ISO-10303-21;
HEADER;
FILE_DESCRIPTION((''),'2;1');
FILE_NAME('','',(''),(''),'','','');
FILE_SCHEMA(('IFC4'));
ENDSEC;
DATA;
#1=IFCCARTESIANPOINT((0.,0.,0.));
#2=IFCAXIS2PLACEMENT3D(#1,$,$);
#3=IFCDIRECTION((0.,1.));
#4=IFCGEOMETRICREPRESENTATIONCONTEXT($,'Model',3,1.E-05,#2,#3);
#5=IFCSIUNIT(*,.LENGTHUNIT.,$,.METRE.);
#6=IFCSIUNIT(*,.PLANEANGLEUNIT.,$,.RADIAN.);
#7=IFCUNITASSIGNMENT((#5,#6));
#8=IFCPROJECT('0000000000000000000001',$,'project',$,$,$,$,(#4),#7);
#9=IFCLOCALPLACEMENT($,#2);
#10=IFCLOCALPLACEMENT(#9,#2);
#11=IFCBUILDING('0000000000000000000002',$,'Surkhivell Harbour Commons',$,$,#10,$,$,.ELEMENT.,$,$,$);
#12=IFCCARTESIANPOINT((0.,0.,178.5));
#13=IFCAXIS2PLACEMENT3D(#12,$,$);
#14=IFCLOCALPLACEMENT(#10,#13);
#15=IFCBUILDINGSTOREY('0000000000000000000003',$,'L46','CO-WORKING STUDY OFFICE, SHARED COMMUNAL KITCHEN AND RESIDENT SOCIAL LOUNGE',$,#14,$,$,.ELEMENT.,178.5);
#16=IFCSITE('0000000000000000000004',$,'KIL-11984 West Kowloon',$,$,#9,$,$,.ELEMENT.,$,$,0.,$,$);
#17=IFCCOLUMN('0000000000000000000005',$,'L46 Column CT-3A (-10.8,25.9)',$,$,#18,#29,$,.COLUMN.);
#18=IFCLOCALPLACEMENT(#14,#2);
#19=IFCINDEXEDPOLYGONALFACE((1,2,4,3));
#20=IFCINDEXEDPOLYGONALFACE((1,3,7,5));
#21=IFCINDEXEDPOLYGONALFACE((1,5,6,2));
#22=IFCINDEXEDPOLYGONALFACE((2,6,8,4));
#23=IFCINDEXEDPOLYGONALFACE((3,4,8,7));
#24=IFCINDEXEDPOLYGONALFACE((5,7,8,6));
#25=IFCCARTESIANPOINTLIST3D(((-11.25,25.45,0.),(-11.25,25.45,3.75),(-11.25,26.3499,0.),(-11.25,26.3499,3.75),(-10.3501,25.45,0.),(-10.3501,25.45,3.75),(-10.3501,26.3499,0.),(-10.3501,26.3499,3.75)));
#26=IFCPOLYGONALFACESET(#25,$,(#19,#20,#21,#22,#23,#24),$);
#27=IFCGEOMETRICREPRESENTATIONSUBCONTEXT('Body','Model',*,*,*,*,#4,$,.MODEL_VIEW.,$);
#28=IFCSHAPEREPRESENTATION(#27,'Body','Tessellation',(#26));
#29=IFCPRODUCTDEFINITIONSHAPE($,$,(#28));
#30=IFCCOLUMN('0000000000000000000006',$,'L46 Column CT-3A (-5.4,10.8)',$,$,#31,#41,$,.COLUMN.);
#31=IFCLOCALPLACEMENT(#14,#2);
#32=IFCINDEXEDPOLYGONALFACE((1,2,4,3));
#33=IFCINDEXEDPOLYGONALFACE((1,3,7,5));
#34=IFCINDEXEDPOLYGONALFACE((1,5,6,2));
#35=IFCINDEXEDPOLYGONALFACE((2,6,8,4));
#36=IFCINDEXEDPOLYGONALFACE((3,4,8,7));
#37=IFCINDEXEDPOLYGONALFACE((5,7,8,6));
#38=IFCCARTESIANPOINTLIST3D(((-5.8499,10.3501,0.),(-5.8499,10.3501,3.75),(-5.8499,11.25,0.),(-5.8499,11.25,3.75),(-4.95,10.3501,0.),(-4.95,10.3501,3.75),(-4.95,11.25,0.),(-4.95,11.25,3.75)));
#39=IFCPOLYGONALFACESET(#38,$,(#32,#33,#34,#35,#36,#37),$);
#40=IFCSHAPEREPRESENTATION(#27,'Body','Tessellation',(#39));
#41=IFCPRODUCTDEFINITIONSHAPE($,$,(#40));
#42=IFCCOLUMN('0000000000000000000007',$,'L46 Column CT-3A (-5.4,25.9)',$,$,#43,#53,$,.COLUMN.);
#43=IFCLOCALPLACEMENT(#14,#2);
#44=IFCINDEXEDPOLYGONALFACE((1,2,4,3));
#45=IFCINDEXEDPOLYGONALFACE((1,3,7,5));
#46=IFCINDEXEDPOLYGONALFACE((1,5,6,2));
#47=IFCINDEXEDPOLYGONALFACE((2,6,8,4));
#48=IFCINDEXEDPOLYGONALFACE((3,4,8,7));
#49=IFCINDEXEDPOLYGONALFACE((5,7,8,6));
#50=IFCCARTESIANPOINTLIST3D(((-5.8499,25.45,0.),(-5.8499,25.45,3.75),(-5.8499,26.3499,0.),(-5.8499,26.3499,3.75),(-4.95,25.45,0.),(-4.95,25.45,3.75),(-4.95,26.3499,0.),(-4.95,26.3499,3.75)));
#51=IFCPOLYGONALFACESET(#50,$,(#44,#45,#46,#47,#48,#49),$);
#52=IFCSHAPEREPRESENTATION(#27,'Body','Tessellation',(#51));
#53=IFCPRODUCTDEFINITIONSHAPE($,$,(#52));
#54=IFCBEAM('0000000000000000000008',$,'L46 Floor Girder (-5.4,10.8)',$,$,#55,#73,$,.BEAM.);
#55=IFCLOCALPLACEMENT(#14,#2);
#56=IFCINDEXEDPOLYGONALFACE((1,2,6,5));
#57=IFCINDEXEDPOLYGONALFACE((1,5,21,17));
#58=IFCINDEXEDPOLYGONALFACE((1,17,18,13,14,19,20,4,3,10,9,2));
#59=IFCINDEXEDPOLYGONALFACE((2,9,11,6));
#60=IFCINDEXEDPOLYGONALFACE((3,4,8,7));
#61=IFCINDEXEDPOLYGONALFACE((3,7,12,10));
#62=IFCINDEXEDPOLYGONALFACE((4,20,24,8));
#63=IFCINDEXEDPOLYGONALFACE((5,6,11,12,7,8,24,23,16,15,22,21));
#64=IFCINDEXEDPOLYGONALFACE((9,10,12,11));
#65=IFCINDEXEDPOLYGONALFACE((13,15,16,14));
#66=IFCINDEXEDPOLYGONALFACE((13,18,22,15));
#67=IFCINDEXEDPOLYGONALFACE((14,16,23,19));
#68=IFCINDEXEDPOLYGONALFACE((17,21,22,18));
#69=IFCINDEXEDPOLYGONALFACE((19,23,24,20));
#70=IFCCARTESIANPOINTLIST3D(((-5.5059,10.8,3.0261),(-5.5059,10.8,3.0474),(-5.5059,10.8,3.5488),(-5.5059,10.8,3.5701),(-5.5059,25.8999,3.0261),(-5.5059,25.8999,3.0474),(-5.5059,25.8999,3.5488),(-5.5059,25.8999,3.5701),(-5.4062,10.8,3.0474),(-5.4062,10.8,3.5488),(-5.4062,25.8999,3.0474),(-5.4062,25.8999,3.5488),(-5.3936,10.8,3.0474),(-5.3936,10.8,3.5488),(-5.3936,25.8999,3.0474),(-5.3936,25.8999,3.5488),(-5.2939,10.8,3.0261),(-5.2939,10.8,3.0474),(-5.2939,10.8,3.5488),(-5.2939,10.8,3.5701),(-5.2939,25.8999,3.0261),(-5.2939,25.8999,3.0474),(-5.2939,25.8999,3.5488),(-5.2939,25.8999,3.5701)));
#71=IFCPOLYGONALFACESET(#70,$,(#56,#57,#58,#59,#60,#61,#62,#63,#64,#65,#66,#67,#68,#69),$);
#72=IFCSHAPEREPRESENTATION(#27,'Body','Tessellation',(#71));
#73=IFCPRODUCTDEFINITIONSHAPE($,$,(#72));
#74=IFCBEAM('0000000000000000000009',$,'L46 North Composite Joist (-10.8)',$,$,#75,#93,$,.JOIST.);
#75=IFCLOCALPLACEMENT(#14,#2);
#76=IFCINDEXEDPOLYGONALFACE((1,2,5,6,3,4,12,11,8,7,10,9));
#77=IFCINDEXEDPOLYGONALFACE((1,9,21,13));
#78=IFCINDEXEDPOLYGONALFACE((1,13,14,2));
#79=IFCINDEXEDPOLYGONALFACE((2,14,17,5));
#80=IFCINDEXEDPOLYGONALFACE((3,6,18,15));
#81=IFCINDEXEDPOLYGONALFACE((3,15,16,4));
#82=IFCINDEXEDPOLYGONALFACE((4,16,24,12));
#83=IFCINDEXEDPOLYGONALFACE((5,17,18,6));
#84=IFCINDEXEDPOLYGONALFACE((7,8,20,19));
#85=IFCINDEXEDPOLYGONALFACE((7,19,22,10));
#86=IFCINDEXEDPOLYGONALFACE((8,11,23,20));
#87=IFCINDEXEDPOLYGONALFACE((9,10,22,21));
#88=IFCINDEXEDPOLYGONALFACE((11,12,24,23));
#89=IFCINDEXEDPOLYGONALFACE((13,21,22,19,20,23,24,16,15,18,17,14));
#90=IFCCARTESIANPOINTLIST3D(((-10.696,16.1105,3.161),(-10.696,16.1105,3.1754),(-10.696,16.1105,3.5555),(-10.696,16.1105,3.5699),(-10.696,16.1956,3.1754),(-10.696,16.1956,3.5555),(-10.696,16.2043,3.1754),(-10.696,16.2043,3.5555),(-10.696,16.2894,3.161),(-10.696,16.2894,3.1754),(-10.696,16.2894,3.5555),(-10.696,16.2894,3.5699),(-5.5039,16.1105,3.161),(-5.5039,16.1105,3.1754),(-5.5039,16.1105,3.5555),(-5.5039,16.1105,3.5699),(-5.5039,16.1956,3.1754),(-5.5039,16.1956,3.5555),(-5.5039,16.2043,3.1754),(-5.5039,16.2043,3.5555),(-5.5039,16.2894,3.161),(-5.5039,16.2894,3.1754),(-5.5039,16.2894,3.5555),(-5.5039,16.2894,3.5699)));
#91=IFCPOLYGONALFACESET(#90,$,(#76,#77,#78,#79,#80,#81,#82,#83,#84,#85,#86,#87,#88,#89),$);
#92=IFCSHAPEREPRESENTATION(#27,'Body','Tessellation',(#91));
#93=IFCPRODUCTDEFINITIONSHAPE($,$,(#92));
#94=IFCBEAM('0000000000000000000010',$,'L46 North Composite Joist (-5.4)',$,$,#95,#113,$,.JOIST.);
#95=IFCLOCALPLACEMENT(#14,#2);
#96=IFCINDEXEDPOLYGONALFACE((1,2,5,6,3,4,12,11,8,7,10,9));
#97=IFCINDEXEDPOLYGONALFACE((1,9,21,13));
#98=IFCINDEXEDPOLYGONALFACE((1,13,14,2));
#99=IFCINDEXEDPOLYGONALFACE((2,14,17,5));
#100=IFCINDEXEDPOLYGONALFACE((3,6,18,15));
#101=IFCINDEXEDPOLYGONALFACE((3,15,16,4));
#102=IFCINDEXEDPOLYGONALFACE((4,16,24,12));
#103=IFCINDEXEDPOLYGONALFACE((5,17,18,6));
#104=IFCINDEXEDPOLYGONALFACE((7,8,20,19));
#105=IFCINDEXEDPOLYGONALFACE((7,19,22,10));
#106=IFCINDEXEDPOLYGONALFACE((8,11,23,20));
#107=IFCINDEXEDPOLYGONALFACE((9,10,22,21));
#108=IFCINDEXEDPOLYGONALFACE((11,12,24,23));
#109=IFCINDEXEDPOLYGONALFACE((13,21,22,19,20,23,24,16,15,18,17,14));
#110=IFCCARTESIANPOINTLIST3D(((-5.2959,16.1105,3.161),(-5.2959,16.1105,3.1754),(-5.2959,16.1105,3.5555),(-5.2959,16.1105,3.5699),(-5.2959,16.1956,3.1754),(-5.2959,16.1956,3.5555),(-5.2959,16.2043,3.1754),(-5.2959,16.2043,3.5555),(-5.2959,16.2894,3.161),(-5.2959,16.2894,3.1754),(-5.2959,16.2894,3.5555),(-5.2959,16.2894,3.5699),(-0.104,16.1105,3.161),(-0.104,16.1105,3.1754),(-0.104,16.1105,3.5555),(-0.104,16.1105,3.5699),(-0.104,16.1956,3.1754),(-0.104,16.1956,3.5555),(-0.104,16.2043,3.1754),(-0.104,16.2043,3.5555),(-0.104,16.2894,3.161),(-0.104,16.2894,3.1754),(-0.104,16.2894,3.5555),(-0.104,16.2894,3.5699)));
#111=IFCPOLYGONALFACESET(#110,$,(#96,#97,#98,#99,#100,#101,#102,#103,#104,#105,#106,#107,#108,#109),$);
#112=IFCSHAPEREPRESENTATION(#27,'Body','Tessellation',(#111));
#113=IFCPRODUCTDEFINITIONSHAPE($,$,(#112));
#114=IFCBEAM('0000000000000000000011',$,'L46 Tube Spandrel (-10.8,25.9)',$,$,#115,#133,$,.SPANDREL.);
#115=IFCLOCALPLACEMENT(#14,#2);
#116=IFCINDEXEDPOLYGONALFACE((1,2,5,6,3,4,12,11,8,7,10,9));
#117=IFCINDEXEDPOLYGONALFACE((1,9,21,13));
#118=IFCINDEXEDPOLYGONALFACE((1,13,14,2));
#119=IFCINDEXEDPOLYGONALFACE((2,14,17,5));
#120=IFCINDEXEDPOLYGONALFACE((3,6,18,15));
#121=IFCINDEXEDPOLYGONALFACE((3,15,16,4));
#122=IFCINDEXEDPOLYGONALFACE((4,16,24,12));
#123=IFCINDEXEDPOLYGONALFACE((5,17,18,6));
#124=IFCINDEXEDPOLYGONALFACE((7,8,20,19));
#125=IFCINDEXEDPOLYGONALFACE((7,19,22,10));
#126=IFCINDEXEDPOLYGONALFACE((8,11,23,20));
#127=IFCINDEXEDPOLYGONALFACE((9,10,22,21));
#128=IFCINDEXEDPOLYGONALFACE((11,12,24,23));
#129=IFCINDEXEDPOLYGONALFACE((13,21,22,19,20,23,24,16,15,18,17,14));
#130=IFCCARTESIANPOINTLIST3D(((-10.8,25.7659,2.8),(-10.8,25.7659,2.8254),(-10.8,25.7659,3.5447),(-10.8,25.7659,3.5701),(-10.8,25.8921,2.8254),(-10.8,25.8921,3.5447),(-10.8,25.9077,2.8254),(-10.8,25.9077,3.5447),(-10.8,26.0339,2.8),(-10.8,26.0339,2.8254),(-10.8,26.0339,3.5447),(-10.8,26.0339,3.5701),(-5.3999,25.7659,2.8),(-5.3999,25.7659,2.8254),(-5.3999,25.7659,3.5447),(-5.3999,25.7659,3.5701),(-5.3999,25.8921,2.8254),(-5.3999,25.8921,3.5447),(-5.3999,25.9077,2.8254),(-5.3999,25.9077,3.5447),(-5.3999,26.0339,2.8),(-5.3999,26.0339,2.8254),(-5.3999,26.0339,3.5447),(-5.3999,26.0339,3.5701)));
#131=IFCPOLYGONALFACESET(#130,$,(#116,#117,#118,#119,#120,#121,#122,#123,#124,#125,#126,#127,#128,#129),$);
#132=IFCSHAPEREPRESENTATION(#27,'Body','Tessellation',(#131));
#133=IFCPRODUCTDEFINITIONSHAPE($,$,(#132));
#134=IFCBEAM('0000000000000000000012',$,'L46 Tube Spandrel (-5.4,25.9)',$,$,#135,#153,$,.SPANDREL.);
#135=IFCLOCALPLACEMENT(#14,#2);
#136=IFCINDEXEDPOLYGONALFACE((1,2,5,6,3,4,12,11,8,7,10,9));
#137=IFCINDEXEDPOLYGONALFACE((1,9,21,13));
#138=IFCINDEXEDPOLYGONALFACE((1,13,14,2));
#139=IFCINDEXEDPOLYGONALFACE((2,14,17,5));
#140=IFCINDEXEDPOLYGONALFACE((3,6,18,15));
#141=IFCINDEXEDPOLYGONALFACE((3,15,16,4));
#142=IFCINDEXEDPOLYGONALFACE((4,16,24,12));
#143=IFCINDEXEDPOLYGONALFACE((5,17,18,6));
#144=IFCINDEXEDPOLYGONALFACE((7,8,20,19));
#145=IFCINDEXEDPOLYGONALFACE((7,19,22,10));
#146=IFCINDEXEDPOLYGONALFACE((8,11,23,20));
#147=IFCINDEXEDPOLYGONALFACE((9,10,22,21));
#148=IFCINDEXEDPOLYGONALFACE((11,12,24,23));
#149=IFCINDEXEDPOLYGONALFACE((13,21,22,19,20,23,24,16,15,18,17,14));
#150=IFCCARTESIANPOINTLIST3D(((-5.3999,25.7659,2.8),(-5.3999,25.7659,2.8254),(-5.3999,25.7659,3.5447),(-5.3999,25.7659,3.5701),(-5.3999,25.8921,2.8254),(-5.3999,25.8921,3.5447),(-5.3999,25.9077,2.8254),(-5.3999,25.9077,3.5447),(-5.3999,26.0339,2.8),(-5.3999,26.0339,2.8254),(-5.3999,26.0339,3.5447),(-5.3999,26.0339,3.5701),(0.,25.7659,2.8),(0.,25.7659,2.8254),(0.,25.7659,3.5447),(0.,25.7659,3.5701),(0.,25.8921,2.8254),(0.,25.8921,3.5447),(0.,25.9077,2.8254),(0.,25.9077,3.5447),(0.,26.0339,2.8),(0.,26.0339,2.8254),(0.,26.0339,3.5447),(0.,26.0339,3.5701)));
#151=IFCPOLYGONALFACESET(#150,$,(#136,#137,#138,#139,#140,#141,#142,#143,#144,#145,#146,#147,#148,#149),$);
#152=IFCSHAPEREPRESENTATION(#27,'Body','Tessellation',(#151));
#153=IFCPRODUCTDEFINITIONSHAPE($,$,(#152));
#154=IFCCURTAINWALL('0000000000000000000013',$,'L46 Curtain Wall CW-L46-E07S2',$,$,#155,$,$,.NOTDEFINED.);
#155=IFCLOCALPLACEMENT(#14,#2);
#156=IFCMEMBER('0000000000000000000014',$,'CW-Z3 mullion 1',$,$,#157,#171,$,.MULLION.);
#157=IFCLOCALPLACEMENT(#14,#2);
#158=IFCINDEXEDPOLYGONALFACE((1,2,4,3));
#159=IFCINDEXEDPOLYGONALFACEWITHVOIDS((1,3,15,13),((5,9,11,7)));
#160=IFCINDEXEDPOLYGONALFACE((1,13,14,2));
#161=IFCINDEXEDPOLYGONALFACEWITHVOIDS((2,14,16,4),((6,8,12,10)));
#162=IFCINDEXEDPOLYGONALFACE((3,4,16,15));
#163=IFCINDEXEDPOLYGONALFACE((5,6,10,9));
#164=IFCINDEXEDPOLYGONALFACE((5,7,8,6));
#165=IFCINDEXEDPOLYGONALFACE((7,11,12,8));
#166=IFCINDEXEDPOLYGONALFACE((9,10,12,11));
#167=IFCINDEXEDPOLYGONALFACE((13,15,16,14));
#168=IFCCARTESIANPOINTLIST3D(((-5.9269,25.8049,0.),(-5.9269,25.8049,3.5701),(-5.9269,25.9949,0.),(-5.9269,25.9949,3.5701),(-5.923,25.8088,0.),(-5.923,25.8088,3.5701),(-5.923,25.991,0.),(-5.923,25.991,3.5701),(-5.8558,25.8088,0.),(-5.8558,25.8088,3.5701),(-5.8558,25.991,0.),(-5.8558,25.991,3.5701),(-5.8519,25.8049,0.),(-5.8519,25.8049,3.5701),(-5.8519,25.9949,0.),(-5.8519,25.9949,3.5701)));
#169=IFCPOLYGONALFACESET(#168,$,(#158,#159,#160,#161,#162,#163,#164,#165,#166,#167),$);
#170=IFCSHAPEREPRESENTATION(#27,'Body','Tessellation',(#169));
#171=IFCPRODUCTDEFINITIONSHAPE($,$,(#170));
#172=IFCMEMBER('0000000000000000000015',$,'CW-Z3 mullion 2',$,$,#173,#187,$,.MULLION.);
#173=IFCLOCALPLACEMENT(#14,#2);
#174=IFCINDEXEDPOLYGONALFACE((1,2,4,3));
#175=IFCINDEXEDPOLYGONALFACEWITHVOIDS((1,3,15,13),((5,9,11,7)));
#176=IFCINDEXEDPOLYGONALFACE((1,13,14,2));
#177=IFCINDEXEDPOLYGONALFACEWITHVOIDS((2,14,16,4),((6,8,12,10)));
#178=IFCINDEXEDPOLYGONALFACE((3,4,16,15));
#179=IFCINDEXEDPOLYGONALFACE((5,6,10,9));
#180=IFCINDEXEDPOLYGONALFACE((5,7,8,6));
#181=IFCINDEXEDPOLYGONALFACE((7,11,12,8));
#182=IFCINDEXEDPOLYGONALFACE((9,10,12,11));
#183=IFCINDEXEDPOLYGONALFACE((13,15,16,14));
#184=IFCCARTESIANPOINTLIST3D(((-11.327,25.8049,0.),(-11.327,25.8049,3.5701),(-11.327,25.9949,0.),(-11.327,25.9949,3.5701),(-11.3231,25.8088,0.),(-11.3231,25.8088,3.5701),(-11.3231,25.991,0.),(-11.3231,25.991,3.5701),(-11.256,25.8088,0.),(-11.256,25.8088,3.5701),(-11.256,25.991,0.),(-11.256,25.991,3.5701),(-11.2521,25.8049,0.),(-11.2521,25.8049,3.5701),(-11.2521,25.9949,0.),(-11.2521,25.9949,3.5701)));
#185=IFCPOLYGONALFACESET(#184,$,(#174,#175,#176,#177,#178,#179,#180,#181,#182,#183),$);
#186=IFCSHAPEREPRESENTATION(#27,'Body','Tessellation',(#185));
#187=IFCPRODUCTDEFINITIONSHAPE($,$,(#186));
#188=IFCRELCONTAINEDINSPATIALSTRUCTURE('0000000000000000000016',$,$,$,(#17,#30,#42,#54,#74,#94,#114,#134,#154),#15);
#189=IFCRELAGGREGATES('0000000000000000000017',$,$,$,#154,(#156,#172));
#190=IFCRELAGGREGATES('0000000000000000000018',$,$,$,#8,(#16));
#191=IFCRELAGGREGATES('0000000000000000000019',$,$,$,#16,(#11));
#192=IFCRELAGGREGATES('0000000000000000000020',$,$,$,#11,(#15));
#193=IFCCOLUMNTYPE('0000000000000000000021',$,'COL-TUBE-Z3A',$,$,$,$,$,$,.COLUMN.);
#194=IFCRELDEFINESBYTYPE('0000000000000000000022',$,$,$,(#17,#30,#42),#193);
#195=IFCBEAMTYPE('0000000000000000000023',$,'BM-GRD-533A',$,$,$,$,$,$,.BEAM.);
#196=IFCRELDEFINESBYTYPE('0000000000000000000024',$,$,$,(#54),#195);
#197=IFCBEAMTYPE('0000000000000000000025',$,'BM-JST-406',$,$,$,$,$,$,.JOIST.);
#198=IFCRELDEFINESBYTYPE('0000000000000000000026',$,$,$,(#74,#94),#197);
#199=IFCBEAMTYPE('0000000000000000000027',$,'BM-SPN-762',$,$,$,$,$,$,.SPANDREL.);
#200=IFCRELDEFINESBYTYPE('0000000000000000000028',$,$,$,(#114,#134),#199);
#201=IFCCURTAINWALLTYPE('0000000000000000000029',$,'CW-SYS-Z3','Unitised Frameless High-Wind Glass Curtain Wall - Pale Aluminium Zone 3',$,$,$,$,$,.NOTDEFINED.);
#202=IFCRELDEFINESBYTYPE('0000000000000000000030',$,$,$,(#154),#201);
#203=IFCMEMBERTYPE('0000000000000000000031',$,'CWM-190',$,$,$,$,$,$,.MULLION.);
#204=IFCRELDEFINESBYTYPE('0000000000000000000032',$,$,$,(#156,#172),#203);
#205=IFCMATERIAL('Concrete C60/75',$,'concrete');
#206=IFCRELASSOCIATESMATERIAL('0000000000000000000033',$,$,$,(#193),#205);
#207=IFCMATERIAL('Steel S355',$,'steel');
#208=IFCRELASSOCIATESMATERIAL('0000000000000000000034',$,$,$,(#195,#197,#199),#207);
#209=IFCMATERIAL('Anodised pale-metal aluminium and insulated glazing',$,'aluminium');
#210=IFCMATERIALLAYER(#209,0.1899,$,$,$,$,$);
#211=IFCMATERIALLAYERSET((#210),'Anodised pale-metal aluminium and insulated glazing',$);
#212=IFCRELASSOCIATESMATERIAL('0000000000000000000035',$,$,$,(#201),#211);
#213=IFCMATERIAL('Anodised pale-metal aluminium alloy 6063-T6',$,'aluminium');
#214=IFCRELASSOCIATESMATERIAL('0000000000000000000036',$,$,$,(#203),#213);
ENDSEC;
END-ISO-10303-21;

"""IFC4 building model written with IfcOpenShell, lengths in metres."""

from ifc_helpers import new_model, si_unit, direction, frame, origin, origin_2d, place, context, subcontext, project, spatial, rectangle, hollow_rectangle, i_section, extrude, material, layer, layer_set, material_profile, profile_set, type_object, element, aggregate, save


model = new_model("IFC4")

# Units and contexts
model_context = context("Model", 3, precision=1e-05, world=origin(), true_north=direction((0.0, 1.0)))
body_context = subcontext(model_context, "Body", "Model", "MODEL_VIEW")
ifc_project = project(units=[si_unit("LENGTHUNIT", "METRE"), si_unit("PLANEANGLEUNIT", "RADIAN")], contexts=[model_context])

# Site, building, storey
site_placement = place(None, origin())
site = spatial("IfcSite", under=ifc_project, at=site_placement, Name="KIL-11984 West Kowloon", CompositionType="ELEMENT", RefElevation=0.0)
building_placement = place(site_placement, origin())
building = spatial("IfcBuilding", under=site, at=building_placement, Name="Surkhivell Harbour Commons", CompositionType="ELEMENT")
storey_placement = place(building_placement, frame((0.0, 0.0, 178.5)))
storey = spatial("IfcBuildingStorey", under=building, at=storey_placement, Name="L46", Description="CO-WORKING STUDY OFFICE, SHARED COMMUNAL KITCHEN AND RESIDENT SOCIAL LOUNGE", CompositionType="ELEMENT", Elevation=178.5)

# Columns
ifc_material_1 = material(Name="Concrete C60/75", Category="concrete")
ifc_material_profile_1 = material_profile(ifc_material_1, rectangle(XDim=0.8999, YDim=0.8999, at=origin_2d()), Name="RC-COL-900x900")
ifc_profile_set_1 = profile_set([ifc_material_profile_1], Name="Concrete C60/75")
column_type = type_object("IfcColumnType", Name="COL-TUBE-Z3A", PredefinedType="COLUMN", material=ifc_profile_set_1)
for number, where, z_axis, x_axis, name in (
    (1, (-10.8, 25.8999, 0.0), (0.0, 0.0, 1.0), (1.0, 0.0, 0.0), "L46 Column CT-3A (-10.8,25.9)"),
    (2, (-5.3999, 10.8, 0.0), (0.0, 0.0, 1.0), (1.0, 0.0, 0.0), "L46 Column CT-3A (-5.4,10.8)"),
    (3, (-5.3999, 25.8999, 0.0), (0.0, 0.0, 1.0), (1.0, 0.0, 0.0), "L46 Column CT-3A (-5.4,25.9)"),
):
    element("IfcColumn", number, at=place(storey_placement, frame(where, z_axis=z_axis, x_axis=x_axis)), inside=storey, type_object=column_type, Name=name, PredefinedType="COLUMN", context=body_context, shape_type="SweptSolid", body=[
        extrude(rectangle(XDim=0.8999, YDim=0.8999, at=origin_2d()), origin(), (0.0, 0.0, 1.0), 3.75),
    ])

# Beams
ifc_material_2 = material(Name="Steel S355", Category="steel")
ifc_material_profile_2 = material_profile(ifc_material_2, i_section(OverallWidth=0.2119, OverallDepth=0.5439, WebThickness=0.0127, FlangeThickness=0.0212, at=origin_2d()), Name="UB533x210x122")
ifc_profile_set_2 = profile_set([ifc_material_profile_2], Name="Steel S355")
beam_type_1 = type_object("IfcBeamType", Name="BM-GRD-533A", PredefinedType="BEAM", material=ifc_profile_set_2)
beam_1_placement = place(storey_placement, frame((-5.3999, 10.8, 3.2981), z_axis=(0.0, 1.0, 0.0), x_axis=(-1.0, 0.0, 0.0)))
element("IfcBeam", 4, at=beam_1_placement, inside=storey, type_object=beam_type_1, Name="L46 Floor Girder (-5.4,10.8)", PredefinedType="BEAM", context=body_context, shape_type="SweptSolid", body=[
    extrude(i_section(OverallWidth=0.2119, OverallDepth=0.5439, WebThickness=0.0127, FlangeThickness=0.0212, at=origin_2d()), origin(), (0.0, 0.0, 1.0), 15.0999),
])
ifc_material_profile_3 = material_profile(ifc_material_2, i_section(OverallWidth=0.179, OverallDepth=0.4089, WebThickness=0.0088, FlangeThickness=0.0144, at=origin_2d()), Name="UB406x178x67")
ifc_profile_set_3 = profile_set([ifc_material_profile_3], Name="Steel S355")
beam_type_2 = type_object("IfcBeamType", Name="BM-JST-406", PredefinedType="JOIST", material=ifc_profile_set_3)
beam_2_placement = place(storey_placement, frame((-10.696, 16.2, 3.3655), z_axis=(1.0, 0.0, 0.0), x_axis=(0.0, 1.0, 0.0)))
element("IfcBeam", 5, at=beam_2_placement, inside=storey, type_object=beam_type_2, Name="L46 North Composite Joist (-10.8)", PredefinedType="JOIST", context=body_context, shape_type="SweptSolid", body=[
    extrude(i_section(OverallWidth=0.179, OverallDepth=0.4089, WebThickness=0.0088, FlangeThickness=0.0144, at=origin_2d()), origin(), (0.0, 0.0, 1.0), 5.1921),
])
beam_3_placement = place(storey_placement, frame((-5.2959, 16.2, 3.3655), z_axis=(1.0, 0.0, 0.0), x_axis=(0.0, 1.0, 0.0)))
element("IfcBeam", 6, at=beam_3_placement, inside=storey, type_object=beam_type_2, Name="L46 North Composite Joist (-5.4)", PredefinedType="JOIST", context=body_context, shape_type="SweptSolid", body=[
    extrude(i_section(OverallWidth=0.179, OverallDepth=0.4089, WebThickness=0.0088, FlangeThickness=0.0144, at=origin_2d()), origin(), (0.0, 0.0, 1.0), 5.1919),
])
ifc_material_profile_4 = material_profile(ifc_material_2, i_section(OverallWidth=0.2681, OverallDepth=0.77, WebThickness=0.0156, FlangeThickness=0.0254, at=origin_2d()), Name="UB762x267x197")
ifc_profile_set_4 = profile_set([ifc_material_profile_4], Name="Steel S355")
beam_type_3 = type_object("IfcBeamType", Name="BM-SPN-762", PredefinedType="SPANDREL", material=ifc_profile_set_4)
beam_4_placement = place(storey_placement, frame((-10.8, 25.8999, 3.1851), z_axis=(1.0, 0.0, 0.0), x_axis=(0.0, 1.0, 0.0)))
element("IfcBeam", 7, at=beam_4_placement, inside=storey, type_object=beam_type_3, Name="L46 Tube Spandrel (-10.8,25.9)", PredefinedType="SPANDREL", context=body_context, shape_type="SweptSolid", body=[
    extrude(i_section(OverallWidth=0.2681, OverallDepth=0.77, WebThickness=0.0156, FlangeThickness=0.0254, at=origin_2d()), origin(), (0.0, 0.0, 1.0), 5.4001),
])
beam_5_placement = place(storey_placement, frame((-5.3999, 25.8999, 3.1851), z_axis=(1.0, 0.0, 0.0), x_axis=(0.0, 1.0, 0.0)))
element("IfcBeam", 8, at=beam_5_placement, inside=storey, type_object=beam_type_3, Name="L46 Tube Spandrel (-5.4,25.9)", PredefinedType="SPANDREL", context=body_context, shape_type="SweptSolid", body=[
    extrude(i_section(OverallWidth=0.2681, OverallDepth=0.77, WebThickness=0.0156, FlangeThickness=0.0254, at=origin_2d()), origin(), (0.0, 0.0, 1.0), 5.3999),
])

# Curtain wall, members
ifc_material_3 = material(Name="Anodised pale-metal aluminium and insulated glazing", Category="aluminium")
ifc_layer_1 = layer(ifc_material_3, 0.1899)
ifc_layer_set_1 = layer_set([ifc_layer_1], Name="Anodised pale-metal aluminium and insulated glazing")
curtain_wall_type = type_object("IfcCurtainWallType", Name="CW-SYS-Z3", Description="Unitised Frameless High-Wind Glass Curtain Wall - Pale Aluminium Zone 3", PredefinedType="NOTDEFINED", material=ifc_layer_set_1)
curtain_wall_placement = place(storey_placement, origin())
curtain_wall = element("IfcCurtainWall", 9, at=curtain_wall_placement, inside=storey, type_object=curtain_wall_type, Name="L46 Curtain Wall CW-L46-E07S2", PredefinedType="NOTDEFINED")
ifc_material_4 = material(Name="Anodised pale-metal aluminium alloy 6063-T6", Category="aluminium")
ifc_material_profile_5 = material_profile(ifc_material_4, hollow_rectangle(XDim=0.075, YDim=0.1899, WallThickness=0.0039, at=origin_2d()), Name="ALU-MULL-75x190")
ifc_profile_set_5 = profile_set([ifc_material_profile_5], Name="Anodised pale-metal aluminium alloy 6063-T6")
member_type_1 = type_object("IfcMemberType", Name="CWM-190", PredefinedType="MULLION", material=ifc_profile_set_5)
member_1_placement = place(storey_placement, frame((-5.8894, 25.8999, 0.0), z_axis=(0.0, 0.0, 1.0), x_axis=(-1.0, 0.0, 0.0)))
member_1 = element("IfcMember", 10, at=member_1_placement, type_object=member_type_1, Name="CW-Z3 mullion 1", PredefinedType="MULLION", context=body_context, shape_type="SweptSolid", body=[
    extrude(hollow_rectangle(XDim=0.075, YDim=0.1899, WallThickness=0.0039, at=origin_2d()), origin(), (0.0, 0.0, 1.0), 3.5701),
])
member_2_placement = place(storey_placement, frame((-11.2896, 25.8999, 0.0), z_axis=(0.0, 0.0, 1.0), x_axis=(-1.0, 0.0, 0.0)))
member_2 = element("IfcMember", 11, at=member_2_placement, type_object=member_type_1, Name="CW-Z3 mullion 2", PredefinedType="MULLION", context=body_context, shape_type="SweptSolid", body=[
    extrude(hollow_rectangle(XDim=0.075, YDim=0.1899, WallThickness=0.0039, at=origin_2d()), origin(), (0.0, 0.0, 1.0), 3.5701),
])

aggregate(curtain_wall, [member_1, member_2])

save(model, "model.ifc")
